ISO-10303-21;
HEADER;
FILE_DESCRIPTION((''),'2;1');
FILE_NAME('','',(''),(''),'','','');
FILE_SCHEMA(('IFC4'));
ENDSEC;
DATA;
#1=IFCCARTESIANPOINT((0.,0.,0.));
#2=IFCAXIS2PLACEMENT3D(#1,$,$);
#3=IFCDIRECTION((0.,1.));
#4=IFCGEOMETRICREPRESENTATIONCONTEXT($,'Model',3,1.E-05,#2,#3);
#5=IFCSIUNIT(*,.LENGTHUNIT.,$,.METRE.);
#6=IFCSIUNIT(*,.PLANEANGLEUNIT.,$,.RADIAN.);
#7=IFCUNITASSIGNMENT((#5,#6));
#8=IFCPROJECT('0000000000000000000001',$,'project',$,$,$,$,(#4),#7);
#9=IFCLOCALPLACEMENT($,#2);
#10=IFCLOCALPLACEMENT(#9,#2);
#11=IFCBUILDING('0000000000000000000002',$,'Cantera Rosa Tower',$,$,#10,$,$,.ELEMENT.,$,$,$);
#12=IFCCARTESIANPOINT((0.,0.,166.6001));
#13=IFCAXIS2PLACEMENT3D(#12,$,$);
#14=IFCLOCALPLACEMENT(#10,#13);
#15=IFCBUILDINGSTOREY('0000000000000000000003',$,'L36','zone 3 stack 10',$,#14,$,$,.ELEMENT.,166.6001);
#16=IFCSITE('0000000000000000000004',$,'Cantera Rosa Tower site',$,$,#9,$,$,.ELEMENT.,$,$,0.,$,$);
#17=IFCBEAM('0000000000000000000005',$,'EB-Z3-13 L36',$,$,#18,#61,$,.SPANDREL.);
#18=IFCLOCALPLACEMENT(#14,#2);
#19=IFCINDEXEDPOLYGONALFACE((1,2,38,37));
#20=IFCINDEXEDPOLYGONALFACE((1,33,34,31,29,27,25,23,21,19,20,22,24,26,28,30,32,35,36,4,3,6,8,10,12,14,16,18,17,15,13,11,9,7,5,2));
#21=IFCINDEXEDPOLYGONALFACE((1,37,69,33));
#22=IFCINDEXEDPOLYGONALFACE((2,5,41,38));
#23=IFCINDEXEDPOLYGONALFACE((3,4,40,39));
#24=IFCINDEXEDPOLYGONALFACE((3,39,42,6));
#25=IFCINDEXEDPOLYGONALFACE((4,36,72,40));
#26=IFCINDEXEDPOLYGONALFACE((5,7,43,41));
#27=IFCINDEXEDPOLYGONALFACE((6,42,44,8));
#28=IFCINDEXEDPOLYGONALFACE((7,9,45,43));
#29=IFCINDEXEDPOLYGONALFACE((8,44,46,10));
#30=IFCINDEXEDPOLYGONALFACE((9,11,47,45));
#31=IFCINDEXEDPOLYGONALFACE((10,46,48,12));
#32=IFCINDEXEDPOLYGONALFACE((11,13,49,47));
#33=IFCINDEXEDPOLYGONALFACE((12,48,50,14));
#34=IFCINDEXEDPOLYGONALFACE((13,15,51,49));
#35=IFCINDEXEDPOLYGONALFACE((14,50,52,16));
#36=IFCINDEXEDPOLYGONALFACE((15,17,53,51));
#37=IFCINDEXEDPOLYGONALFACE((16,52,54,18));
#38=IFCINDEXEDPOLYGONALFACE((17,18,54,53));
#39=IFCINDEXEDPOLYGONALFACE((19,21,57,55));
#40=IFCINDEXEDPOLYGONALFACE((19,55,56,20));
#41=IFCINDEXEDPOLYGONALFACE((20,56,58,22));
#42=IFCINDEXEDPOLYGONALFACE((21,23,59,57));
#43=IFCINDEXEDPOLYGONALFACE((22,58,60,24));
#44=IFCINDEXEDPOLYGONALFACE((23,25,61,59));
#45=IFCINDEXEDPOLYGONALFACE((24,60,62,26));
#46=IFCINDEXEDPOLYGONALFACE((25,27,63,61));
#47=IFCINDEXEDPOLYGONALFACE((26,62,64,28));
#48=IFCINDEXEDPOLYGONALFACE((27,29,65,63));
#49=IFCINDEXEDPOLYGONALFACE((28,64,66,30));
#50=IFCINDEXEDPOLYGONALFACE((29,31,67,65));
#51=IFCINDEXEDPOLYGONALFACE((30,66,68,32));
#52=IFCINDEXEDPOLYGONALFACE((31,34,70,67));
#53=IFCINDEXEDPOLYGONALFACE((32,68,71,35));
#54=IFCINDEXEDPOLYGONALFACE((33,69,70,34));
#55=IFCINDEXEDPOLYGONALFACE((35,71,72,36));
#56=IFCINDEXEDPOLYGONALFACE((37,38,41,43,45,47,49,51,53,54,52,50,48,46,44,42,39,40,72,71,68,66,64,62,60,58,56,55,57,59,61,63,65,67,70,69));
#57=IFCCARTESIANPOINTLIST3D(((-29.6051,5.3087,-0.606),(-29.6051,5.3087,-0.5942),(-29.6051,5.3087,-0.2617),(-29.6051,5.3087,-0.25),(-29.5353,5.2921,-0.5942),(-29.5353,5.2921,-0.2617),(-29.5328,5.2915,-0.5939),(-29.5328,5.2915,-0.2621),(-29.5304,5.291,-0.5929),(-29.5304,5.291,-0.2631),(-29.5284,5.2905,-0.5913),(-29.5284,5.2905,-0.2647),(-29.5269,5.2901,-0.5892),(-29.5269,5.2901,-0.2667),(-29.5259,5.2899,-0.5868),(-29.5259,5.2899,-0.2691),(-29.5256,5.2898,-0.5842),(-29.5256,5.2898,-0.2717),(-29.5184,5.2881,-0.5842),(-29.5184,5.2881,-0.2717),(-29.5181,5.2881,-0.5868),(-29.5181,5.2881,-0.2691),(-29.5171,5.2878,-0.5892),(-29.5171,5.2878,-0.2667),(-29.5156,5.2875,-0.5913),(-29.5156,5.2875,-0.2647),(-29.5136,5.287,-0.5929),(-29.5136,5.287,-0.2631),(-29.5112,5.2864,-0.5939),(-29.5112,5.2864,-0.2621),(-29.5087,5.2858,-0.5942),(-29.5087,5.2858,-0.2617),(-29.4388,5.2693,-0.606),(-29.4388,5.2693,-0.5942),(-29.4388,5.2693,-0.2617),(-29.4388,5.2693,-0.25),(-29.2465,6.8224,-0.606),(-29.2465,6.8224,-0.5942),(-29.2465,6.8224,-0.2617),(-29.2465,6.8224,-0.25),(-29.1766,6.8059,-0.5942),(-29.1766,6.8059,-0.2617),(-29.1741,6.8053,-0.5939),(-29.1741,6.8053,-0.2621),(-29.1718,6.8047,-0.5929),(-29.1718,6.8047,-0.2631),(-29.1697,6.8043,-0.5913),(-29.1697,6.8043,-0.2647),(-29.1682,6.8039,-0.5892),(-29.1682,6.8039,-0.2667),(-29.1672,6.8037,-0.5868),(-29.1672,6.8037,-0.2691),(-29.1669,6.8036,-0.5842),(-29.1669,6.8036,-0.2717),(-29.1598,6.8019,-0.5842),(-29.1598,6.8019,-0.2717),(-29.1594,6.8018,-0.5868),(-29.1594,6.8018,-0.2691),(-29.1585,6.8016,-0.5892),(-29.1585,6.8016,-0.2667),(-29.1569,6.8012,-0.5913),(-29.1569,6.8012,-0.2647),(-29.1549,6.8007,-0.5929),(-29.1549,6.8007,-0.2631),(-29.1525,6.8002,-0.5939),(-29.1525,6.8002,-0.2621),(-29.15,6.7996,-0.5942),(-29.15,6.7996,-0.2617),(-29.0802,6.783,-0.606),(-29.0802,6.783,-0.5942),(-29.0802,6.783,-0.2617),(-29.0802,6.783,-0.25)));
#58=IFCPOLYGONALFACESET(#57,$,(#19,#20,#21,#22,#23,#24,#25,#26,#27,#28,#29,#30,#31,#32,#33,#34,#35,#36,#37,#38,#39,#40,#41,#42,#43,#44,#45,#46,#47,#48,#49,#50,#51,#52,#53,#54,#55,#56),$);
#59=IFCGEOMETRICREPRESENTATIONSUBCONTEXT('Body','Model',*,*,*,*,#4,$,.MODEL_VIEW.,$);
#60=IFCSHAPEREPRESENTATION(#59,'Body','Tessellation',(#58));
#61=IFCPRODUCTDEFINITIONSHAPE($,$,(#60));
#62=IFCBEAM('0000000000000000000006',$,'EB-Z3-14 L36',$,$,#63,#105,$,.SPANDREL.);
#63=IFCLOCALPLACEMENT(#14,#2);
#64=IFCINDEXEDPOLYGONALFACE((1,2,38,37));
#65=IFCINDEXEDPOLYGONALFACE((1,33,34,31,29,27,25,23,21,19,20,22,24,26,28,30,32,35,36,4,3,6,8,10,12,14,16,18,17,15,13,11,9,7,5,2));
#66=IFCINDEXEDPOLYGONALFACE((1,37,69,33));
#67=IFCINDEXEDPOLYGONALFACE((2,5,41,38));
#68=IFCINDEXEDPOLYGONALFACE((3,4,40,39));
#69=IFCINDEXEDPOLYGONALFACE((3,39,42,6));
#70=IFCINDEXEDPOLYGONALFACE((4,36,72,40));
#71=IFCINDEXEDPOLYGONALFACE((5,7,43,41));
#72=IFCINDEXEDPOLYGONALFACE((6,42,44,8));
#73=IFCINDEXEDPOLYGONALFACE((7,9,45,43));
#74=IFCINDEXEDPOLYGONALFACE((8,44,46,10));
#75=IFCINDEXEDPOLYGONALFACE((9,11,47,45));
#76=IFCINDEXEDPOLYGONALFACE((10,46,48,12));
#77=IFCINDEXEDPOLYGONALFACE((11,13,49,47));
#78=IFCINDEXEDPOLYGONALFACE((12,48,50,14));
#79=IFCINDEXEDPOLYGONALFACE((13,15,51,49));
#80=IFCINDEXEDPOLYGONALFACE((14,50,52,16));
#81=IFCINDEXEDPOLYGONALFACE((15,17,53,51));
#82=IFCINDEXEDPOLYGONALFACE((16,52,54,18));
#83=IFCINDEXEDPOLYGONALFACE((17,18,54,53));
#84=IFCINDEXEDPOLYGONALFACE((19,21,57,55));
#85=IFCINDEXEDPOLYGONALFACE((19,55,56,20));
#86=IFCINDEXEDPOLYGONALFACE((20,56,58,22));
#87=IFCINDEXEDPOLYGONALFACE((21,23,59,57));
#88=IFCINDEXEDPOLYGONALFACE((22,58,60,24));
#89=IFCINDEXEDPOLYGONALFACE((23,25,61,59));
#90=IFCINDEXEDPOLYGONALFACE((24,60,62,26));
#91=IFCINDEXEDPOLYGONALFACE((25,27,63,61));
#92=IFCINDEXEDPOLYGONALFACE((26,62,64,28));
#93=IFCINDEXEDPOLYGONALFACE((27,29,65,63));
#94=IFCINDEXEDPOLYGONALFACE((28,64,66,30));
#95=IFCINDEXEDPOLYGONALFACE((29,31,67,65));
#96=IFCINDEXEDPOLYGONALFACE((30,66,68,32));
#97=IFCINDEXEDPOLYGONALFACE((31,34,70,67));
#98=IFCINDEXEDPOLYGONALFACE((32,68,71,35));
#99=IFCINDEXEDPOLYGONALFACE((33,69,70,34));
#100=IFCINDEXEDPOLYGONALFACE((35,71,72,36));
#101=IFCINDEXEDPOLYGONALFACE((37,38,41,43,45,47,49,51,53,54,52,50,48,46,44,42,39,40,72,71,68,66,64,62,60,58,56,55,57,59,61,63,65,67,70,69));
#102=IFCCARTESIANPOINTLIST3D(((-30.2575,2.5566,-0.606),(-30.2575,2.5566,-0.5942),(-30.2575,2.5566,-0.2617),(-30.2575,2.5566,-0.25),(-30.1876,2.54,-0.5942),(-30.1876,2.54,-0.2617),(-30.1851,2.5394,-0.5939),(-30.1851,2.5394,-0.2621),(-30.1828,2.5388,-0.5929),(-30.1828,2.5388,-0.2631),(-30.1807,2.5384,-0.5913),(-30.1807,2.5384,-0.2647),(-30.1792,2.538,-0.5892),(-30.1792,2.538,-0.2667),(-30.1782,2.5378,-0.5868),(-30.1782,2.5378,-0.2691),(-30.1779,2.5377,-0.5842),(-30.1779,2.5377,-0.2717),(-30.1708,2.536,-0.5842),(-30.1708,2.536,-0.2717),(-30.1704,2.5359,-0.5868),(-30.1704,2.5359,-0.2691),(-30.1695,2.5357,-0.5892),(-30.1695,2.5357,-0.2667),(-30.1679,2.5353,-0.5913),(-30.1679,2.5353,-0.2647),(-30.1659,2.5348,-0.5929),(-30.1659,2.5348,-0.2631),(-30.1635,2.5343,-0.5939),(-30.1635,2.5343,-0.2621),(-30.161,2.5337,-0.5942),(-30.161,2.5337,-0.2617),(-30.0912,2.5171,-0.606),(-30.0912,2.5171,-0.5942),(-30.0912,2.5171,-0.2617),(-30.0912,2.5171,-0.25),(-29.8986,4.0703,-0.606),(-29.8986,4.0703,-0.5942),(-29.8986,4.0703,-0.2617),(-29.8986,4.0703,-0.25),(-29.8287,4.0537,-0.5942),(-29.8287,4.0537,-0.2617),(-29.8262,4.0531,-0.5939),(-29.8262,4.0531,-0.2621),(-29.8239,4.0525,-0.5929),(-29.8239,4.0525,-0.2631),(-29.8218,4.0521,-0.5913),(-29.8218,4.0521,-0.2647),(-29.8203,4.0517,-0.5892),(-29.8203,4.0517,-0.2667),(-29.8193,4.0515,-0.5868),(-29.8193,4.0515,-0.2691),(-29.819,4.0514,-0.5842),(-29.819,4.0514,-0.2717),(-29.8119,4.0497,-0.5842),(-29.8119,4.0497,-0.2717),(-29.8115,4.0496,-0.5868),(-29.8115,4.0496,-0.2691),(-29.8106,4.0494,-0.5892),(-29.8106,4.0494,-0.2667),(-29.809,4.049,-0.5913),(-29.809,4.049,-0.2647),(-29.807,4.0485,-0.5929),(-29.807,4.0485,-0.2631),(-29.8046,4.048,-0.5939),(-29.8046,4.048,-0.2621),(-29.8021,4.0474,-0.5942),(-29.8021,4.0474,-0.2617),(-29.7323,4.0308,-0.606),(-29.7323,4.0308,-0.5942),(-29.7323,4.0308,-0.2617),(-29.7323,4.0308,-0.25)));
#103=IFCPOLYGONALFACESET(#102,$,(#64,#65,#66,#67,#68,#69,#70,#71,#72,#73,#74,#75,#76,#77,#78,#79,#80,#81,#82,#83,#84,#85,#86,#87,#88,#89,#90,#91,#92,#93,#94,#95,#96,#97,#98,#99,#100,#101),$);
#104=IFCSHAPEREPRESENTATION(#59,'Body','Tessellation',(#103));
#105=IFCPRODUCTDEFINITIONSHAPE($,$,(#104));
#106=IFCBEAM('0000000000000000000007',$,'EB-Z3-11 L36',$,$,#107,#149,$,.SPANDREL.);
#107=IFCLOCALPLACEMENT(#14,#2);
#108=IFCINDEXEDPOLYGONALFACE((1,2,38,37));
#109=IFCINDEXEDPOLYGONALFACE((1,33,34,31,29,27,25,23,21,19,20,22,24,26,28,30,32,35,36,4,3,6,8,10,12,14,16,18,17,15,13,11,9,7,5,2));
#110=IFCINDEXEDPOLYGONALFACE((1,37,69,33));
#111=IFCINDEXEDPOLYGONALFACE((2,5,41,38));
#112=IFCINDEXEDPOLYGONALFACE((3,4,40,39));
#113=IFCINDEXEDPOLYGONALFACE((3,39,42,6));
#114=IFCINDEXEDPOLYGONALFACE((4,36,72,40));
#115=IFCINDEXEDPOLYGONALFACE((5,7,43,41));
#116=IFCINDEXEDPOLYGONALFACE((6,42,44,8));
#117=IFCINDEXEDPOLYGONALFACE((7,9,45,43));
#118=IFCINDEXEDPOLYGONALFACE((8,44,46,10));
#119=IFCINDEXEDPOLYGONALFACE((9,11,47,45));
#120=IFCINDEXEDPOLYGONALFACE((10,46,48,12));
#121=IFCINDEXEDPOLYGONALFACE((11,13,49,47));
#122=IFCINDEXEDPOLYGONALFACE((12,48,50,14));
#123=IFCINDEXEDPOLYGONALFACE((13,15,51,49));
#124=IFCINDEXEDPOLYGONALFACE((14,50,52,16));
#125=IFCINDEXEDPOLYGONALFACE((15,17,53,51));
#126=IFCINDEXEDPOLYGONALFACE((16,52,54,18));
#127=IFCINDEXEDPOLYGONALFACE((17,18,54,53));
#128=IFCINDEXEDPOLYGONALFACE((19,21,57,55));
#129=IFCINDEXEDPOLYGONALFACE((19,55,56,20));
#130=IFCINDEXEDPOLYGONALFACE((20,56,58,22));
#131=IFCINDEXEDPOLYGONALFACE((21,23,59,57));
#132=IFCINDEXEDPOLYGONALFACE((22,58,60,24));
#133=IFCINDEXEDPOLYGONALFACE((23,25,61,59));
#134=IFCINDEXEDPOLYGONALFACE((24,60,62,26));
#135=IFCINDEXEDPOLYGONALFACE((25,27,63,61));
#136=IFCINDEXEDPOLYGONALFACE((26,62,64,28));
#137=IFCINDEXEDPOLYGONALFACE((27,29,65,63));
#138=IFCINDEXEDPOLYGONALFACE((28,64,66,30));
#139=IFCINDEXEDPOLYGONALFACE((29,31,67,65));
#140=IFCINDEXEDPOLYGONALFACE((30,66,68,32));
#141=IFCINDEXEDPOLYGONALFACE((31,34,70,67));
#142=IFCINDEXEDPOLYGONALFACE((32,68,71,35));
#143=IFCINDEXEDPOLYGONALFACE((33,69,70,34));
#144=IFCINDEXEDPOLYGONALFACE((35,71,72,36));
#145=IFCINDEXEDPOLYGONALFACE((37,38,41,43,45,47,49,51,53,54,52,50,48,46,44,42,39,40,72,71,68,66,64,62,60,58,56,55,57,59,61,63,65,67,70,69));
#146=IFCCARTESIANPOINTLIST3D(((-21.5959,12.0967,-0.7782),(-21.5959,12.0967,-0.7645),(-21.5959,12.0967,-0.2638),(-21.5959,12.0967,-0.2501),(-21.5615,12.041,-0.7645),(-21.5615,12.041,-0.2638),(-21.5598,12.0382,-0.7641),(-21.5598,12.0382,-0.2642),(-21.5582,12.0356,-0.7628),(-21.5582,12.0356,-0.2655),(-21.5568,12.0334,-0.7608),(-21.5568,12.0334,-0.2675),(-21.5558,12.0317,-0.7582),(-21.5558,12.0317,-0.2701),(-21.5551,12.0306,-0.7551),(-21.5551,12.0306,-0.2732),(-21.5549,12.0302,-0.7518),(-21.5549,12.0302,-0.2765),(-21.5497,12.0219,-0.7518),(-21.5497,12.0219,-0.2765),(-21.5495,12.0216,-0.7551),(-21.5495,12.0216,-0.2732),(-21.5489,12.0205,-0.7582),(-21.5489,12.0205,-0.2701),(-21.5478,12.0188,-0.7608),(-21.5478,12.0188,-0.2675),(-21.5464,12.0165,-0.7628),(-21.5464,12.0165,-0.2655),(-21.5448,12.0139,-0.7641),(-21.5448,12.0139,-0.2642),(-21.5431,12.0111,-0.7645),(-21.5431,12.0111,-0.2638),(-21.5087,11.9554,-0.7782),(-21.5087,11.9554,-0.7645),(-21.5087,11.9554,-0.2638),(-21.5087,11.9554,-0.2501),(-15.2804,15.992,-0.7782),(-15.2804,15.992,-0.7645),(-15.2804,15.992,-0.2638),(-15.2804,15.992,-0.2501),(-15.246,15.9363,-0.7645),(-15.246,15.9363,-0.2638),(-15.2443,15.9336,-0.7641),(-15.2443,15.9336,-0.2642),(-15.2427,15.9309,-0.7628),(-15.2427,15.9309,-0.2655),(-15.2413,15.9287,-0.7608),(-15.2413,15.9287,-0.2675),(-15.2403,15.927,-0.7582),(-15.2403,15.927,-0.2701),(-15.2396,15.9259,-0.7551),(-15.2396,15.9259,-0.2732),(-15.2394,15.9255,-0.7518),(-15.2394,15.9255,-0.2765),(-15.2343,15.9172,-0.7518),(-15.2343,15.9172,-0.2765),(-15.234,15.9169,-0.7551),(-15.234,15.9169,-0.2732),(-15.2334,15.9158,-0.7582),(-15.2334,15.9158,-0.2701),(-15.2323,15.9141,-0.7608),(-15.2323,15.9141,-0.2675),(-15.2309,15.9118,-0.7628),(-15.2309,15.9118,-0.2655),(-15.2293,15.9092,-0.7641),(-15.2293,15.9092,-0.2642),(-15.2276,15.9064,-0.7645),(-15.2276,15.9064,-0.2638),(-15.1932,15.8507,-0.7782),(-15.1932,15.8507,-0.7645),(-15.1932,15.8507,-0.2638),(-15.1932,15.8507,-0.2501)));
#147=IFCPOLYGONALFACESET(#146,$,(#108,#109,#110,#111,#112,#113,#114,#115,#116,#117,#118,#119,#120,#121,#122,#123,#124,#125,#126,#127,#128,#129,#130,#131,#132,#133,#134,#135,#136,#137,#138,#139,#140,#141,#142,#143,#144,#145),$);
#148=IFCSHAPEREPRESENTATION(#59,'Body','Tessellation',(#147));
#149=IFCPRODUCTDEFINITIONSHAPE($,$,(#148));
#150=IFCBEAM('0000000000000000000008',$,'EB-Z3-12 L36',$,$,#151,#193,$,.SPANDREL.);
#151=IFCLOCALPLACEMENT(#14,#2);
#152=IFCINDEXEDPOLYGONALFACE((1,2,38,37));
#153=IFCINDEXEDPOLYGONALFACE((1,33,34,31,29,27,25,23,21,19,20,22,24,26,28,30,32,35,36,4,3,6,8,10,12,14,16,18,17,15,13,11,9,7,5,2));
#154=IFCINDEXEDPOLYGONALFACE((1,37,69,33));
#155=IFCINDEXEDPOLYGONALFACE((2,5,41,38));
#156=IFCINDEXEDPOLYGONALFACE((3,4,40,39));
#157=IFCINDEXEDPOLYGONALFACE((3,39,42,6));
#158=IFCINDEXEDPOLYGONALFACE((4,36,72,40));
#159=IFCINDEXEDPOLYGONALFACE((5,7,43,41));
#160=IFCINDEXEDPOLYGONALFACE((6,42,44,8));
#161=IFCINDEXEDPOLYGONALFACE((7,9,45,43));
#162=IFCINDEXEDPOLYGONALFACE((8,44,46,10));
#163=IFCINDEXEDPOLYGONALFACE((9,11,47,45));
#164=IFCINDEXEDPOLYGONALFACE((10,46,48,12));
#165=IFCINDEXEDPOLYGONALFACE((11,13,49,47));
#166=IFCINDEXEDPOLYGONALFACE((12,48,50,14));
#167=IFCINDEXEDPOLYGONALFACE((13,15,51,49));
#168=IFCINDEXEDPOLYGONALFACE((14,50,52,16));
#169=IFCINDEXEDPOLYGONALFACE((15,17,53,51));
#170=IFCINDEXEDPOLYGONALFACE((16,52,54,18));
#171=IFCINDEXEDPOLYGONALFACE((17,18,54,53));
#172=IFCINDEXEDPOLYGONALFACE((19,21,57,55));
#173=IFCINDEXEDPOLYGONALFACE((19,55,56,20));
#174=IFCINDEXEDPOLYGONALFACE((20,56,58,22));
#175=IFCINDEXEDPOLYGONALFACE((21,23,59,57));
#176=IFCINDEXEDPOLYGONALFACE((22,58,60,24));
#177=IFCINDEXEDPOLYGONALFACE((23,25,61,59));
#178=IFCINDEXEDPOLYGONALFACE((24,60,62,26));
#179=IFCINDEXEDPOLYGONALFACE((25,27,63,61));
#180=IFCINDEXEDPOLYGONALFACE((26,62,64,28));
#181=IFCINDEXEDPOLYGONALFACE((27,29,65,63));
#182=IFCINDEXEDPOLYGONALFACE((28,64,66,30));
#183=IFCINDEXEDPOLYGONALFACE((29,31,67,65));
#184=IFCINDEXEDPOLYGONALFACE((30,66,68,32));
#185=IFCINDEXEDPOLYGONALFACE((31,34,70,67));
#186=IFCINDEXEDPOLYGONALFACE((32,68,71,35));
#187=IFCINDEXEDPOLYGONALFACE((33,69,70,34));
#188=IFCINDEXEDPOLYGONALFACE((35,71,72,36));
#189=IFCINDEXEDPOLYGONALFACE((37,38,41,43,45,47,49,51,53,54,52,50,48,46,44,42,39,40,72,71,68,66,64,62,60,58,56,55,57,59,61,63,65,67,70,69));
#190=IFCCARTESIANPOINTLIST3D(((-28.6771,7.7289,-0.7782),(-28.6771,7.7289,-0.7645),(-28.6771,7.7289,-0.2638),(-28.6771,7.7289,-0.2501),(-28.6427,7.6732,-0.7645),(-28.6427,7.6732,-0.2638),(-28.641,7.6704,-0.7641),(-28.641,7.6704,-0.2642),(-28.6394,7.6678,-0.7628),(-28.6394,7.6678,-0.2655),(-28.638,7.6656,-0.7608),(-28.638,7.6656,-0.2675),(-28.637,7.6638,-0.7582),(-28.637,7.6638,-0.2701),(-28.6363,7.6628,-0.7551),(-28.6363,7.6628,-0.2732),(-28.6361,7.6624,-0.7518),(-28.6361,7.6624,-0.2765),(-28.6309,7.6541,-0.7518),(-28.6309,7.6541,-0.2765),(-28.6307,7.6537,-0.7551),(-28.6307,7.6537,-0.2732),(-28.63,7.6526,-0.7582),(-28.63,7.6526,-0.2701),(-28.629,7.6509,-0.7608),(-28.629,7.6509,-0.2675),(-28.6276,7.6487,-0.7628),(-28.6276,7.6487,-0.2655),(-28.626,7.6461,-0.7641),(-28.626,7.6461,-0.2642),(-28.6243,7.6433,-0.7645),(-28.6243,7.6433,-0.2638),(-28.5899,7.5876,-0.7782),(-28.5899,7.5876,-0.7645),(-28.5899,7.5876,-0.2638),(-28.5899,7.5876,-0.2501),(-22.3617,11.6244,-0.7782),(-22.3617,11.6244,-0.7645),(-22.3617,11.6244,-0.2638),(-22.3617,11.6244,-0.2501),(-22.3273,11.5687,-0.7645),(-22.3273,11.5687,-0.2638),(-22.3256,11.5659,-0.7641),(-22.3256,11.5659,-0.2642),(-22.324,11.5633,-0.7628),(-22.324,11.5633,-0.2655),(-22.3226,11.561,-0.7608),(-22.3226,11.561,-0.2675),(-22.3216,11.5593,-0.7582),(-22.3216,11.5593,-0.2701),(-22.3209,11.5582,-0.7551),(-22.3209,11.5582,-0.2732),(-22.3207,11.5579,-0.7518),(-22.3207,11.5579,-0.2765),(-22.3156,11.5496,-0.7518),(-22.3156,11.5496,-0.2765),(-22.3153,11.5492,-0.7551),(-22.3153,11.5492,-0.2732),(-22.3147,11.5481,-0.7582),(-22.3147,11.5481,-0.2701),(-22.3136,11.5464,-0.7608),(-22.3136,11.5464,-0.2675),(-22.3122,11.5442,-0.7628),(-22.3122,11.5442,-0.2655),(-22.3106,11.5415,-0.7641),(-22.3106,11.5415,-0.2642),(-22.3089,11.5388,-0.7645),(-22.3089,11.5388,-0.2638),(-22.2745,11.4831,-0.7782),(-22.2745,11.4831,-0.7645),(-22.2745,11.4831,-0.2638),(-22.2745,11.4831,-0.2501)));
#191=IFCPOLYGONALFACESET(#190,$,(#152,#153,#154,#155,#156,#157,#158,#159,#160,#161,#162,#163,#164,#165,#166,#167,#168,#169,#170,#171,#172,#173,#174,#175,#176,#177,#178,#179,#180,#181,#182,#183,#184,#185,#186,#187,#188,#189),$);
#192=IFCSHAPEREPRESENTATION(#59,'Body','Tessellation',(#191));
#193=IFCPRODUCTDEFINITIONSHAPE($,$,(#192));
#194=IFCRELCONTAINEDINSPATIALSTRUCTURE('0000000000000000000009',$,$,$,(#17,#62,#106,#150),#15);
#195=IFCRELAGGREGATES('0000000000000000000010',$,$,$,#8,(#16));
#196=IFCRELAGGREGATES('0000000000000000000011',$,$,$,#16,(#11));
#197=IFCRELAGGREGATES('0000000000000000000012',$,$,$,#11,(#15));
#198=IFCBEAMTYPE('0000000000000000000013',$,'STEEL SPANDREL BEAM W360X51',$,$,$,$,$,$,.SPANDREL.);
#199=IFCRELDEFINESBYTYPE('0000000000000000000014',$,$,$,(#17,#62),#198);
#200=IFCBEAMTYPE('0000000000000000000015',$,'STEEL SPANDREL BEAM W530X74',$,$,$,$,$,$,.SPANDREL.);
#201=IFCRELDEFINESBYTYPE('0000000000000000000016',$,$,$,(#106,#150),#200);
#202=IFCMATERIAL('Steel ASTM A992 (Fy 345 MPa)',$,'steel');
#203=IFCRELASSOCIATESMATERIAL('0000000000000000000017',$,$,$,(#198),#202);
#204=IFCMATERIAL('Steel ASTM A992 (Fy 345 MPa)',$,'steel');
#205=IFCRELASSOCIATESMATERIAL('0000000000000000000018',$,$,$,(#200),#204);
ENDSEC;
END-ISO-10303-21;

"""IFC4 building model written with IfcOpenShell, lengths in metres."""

from ifc_helpers import new_model, si_unit, direction, frame, origin, origin_2d, place, context, subcontext, project, spatial, i_section, extrude, material, material_profile, profile_set, type_object, element, save


model = new_model("IFC4")

# Units and contexts
model_context = context("Model", 3, precision=1e-05, world=origin(), true_north=direction((0.0, 1.0)))
body_context = subcontext(model_context, "Body", "Model", "MODEL_VIEW")
ifc_project = project(units=[si_unit("LENGTHUNIT", "METRE"), si_unit("PLANEANGLEUNIT", "RADIAN")], contexts=[model_context])

# Site, building, storey
site_placement = place(None, origin())
site = spatial("IfcSite", under=ifc_project, at=site_placement, Name="Cantera Rosa Tower site", CompositionType="ELEMENT", RefElevation=0.0)
building_placement = place(site_placement, origin())
building = spatial("IfcBuilding", under=site, at=building_placement, Name="Cantera Rosa Tower", CompositionType="ELEMENT")
storey_placement = place(building_placement, frame((0.0, 0.0, 166.6001)))
storey = spatial("IfcBuildingStorey", under=building, at=storey_placement, Name="L36", Description="zone 3 stack 10", CompositionType="ELEMENT", Elevation=166.6001)

# Beams
ifc_material_1 = material(Name="Steel ASTM A992 (Fy 345 MPa)", Category="steel")
ifc_material_profile_1 = material_profile(ifc_material_1, i_section(OverallWidth=0.1709, OverallDepth=0.356, WebThickness=0.0073, FlangeThickness=0.0117, FilletRadius=0.01, at=origin_2d()), Name="W360X51")
ifc_profile_set_1 = profile_set([ifc_material_profile_1], Name="Steel ASTM A992 (Fy 345 MPa)")
beam_type_1 = type_object("IfcBeamType", Name="STEEL SPANDREL BEAM W360X51", PredefinedType="SPANDREL", material=ifc_profile_set_1)
for number, where, z_axis, x_axis, name in (
    (1, (-29.1633, 6.8027, -0.428), (-0.230552, -0.97306, 0.0), (0.97306, -0.230552, 0.0), "EB-Z3-13 L36"),
    (2, (-29.8154, 4.0505, -0.428), (-0.230701, -0.973025, 0.0), (0.973025, -0.230701, 0.0), "EB-Z3-14 L36"),
):
    element("IfcBeam", number, at=place(storey_placement, frame(where, z_axis=z_axis, x_axis=x_axis)), inside=storey, type_object=beam_type_1, Name=name, PredefinedType="SPANDREL", context=body_context, shape_type="SweptSolid", body=[
        extrude(i_section(OverallWidth=0.1709, OverallDepth=0.356, WebThickness=0.0073, FlangeThickness=0.0117, FilletRadius=0.01, at=origin_2d()), origin(), (0.0, 0.0, 1.0), 1.5557),
    ])
ifc_material_2 = material(Name="Steel ASTM A992 (Fy 345 MPa)", Category="steel")
ifc_material_profile_2 = material_profile(ifc_material_2, i_section(OverallWidth=0.166, OverallDepth=0.5281, WebThickness=0.0098, FlangeThickness=0.0137, FilletRadius=0.0127, at=origin_2d()), Name="W530X74")
ifc_profile_set_2 = profile_set([ifc_material_profile_2], Name="Steel ASTM A992 (Fy 345 MPa)")
beam_type_2 = type_object("IfcBeamType", Name="STEEL SPANDREL BEAM W530X74", PredefinedType="SPANDREL", material=ifc_profile_set_2)
for number, where, z_axis, x_axis, name in (
    (3, (-15.2368, 15.9214, -0.5142), (-0.851126, -0.524962, 0.0), (0.524962, -0.851126, 0.0), "EB-Z3-11 L36"),
    (4, (-22.3181, 11.5537, -0.5142), (-0.851111, -0.524986, 0.0), (0.524986, -0.851111, 0.0), "EB-Z3-12 L36"),
):
    element("IfcBeam", number, at=place(storey_placement, frame(where, z_axis=z_axis, x_axis=x_axis)), inside=storey, type_object=beam_type_2, Name=name, PredefinedType="SPANDREL", context=body_context, shape_type="SweptSolid", body=[
        extrude(i_section(OverallWidth=0.166, OverallDepth=0.5281, WebThickness=0.0098, FlangeThickness=0.0137, FilletRadius=0.0127, at=origin_2d()), origin(), (0.0, 0.0, 1.0), 7.4202),
    ])

save(model, "model.ifc")
